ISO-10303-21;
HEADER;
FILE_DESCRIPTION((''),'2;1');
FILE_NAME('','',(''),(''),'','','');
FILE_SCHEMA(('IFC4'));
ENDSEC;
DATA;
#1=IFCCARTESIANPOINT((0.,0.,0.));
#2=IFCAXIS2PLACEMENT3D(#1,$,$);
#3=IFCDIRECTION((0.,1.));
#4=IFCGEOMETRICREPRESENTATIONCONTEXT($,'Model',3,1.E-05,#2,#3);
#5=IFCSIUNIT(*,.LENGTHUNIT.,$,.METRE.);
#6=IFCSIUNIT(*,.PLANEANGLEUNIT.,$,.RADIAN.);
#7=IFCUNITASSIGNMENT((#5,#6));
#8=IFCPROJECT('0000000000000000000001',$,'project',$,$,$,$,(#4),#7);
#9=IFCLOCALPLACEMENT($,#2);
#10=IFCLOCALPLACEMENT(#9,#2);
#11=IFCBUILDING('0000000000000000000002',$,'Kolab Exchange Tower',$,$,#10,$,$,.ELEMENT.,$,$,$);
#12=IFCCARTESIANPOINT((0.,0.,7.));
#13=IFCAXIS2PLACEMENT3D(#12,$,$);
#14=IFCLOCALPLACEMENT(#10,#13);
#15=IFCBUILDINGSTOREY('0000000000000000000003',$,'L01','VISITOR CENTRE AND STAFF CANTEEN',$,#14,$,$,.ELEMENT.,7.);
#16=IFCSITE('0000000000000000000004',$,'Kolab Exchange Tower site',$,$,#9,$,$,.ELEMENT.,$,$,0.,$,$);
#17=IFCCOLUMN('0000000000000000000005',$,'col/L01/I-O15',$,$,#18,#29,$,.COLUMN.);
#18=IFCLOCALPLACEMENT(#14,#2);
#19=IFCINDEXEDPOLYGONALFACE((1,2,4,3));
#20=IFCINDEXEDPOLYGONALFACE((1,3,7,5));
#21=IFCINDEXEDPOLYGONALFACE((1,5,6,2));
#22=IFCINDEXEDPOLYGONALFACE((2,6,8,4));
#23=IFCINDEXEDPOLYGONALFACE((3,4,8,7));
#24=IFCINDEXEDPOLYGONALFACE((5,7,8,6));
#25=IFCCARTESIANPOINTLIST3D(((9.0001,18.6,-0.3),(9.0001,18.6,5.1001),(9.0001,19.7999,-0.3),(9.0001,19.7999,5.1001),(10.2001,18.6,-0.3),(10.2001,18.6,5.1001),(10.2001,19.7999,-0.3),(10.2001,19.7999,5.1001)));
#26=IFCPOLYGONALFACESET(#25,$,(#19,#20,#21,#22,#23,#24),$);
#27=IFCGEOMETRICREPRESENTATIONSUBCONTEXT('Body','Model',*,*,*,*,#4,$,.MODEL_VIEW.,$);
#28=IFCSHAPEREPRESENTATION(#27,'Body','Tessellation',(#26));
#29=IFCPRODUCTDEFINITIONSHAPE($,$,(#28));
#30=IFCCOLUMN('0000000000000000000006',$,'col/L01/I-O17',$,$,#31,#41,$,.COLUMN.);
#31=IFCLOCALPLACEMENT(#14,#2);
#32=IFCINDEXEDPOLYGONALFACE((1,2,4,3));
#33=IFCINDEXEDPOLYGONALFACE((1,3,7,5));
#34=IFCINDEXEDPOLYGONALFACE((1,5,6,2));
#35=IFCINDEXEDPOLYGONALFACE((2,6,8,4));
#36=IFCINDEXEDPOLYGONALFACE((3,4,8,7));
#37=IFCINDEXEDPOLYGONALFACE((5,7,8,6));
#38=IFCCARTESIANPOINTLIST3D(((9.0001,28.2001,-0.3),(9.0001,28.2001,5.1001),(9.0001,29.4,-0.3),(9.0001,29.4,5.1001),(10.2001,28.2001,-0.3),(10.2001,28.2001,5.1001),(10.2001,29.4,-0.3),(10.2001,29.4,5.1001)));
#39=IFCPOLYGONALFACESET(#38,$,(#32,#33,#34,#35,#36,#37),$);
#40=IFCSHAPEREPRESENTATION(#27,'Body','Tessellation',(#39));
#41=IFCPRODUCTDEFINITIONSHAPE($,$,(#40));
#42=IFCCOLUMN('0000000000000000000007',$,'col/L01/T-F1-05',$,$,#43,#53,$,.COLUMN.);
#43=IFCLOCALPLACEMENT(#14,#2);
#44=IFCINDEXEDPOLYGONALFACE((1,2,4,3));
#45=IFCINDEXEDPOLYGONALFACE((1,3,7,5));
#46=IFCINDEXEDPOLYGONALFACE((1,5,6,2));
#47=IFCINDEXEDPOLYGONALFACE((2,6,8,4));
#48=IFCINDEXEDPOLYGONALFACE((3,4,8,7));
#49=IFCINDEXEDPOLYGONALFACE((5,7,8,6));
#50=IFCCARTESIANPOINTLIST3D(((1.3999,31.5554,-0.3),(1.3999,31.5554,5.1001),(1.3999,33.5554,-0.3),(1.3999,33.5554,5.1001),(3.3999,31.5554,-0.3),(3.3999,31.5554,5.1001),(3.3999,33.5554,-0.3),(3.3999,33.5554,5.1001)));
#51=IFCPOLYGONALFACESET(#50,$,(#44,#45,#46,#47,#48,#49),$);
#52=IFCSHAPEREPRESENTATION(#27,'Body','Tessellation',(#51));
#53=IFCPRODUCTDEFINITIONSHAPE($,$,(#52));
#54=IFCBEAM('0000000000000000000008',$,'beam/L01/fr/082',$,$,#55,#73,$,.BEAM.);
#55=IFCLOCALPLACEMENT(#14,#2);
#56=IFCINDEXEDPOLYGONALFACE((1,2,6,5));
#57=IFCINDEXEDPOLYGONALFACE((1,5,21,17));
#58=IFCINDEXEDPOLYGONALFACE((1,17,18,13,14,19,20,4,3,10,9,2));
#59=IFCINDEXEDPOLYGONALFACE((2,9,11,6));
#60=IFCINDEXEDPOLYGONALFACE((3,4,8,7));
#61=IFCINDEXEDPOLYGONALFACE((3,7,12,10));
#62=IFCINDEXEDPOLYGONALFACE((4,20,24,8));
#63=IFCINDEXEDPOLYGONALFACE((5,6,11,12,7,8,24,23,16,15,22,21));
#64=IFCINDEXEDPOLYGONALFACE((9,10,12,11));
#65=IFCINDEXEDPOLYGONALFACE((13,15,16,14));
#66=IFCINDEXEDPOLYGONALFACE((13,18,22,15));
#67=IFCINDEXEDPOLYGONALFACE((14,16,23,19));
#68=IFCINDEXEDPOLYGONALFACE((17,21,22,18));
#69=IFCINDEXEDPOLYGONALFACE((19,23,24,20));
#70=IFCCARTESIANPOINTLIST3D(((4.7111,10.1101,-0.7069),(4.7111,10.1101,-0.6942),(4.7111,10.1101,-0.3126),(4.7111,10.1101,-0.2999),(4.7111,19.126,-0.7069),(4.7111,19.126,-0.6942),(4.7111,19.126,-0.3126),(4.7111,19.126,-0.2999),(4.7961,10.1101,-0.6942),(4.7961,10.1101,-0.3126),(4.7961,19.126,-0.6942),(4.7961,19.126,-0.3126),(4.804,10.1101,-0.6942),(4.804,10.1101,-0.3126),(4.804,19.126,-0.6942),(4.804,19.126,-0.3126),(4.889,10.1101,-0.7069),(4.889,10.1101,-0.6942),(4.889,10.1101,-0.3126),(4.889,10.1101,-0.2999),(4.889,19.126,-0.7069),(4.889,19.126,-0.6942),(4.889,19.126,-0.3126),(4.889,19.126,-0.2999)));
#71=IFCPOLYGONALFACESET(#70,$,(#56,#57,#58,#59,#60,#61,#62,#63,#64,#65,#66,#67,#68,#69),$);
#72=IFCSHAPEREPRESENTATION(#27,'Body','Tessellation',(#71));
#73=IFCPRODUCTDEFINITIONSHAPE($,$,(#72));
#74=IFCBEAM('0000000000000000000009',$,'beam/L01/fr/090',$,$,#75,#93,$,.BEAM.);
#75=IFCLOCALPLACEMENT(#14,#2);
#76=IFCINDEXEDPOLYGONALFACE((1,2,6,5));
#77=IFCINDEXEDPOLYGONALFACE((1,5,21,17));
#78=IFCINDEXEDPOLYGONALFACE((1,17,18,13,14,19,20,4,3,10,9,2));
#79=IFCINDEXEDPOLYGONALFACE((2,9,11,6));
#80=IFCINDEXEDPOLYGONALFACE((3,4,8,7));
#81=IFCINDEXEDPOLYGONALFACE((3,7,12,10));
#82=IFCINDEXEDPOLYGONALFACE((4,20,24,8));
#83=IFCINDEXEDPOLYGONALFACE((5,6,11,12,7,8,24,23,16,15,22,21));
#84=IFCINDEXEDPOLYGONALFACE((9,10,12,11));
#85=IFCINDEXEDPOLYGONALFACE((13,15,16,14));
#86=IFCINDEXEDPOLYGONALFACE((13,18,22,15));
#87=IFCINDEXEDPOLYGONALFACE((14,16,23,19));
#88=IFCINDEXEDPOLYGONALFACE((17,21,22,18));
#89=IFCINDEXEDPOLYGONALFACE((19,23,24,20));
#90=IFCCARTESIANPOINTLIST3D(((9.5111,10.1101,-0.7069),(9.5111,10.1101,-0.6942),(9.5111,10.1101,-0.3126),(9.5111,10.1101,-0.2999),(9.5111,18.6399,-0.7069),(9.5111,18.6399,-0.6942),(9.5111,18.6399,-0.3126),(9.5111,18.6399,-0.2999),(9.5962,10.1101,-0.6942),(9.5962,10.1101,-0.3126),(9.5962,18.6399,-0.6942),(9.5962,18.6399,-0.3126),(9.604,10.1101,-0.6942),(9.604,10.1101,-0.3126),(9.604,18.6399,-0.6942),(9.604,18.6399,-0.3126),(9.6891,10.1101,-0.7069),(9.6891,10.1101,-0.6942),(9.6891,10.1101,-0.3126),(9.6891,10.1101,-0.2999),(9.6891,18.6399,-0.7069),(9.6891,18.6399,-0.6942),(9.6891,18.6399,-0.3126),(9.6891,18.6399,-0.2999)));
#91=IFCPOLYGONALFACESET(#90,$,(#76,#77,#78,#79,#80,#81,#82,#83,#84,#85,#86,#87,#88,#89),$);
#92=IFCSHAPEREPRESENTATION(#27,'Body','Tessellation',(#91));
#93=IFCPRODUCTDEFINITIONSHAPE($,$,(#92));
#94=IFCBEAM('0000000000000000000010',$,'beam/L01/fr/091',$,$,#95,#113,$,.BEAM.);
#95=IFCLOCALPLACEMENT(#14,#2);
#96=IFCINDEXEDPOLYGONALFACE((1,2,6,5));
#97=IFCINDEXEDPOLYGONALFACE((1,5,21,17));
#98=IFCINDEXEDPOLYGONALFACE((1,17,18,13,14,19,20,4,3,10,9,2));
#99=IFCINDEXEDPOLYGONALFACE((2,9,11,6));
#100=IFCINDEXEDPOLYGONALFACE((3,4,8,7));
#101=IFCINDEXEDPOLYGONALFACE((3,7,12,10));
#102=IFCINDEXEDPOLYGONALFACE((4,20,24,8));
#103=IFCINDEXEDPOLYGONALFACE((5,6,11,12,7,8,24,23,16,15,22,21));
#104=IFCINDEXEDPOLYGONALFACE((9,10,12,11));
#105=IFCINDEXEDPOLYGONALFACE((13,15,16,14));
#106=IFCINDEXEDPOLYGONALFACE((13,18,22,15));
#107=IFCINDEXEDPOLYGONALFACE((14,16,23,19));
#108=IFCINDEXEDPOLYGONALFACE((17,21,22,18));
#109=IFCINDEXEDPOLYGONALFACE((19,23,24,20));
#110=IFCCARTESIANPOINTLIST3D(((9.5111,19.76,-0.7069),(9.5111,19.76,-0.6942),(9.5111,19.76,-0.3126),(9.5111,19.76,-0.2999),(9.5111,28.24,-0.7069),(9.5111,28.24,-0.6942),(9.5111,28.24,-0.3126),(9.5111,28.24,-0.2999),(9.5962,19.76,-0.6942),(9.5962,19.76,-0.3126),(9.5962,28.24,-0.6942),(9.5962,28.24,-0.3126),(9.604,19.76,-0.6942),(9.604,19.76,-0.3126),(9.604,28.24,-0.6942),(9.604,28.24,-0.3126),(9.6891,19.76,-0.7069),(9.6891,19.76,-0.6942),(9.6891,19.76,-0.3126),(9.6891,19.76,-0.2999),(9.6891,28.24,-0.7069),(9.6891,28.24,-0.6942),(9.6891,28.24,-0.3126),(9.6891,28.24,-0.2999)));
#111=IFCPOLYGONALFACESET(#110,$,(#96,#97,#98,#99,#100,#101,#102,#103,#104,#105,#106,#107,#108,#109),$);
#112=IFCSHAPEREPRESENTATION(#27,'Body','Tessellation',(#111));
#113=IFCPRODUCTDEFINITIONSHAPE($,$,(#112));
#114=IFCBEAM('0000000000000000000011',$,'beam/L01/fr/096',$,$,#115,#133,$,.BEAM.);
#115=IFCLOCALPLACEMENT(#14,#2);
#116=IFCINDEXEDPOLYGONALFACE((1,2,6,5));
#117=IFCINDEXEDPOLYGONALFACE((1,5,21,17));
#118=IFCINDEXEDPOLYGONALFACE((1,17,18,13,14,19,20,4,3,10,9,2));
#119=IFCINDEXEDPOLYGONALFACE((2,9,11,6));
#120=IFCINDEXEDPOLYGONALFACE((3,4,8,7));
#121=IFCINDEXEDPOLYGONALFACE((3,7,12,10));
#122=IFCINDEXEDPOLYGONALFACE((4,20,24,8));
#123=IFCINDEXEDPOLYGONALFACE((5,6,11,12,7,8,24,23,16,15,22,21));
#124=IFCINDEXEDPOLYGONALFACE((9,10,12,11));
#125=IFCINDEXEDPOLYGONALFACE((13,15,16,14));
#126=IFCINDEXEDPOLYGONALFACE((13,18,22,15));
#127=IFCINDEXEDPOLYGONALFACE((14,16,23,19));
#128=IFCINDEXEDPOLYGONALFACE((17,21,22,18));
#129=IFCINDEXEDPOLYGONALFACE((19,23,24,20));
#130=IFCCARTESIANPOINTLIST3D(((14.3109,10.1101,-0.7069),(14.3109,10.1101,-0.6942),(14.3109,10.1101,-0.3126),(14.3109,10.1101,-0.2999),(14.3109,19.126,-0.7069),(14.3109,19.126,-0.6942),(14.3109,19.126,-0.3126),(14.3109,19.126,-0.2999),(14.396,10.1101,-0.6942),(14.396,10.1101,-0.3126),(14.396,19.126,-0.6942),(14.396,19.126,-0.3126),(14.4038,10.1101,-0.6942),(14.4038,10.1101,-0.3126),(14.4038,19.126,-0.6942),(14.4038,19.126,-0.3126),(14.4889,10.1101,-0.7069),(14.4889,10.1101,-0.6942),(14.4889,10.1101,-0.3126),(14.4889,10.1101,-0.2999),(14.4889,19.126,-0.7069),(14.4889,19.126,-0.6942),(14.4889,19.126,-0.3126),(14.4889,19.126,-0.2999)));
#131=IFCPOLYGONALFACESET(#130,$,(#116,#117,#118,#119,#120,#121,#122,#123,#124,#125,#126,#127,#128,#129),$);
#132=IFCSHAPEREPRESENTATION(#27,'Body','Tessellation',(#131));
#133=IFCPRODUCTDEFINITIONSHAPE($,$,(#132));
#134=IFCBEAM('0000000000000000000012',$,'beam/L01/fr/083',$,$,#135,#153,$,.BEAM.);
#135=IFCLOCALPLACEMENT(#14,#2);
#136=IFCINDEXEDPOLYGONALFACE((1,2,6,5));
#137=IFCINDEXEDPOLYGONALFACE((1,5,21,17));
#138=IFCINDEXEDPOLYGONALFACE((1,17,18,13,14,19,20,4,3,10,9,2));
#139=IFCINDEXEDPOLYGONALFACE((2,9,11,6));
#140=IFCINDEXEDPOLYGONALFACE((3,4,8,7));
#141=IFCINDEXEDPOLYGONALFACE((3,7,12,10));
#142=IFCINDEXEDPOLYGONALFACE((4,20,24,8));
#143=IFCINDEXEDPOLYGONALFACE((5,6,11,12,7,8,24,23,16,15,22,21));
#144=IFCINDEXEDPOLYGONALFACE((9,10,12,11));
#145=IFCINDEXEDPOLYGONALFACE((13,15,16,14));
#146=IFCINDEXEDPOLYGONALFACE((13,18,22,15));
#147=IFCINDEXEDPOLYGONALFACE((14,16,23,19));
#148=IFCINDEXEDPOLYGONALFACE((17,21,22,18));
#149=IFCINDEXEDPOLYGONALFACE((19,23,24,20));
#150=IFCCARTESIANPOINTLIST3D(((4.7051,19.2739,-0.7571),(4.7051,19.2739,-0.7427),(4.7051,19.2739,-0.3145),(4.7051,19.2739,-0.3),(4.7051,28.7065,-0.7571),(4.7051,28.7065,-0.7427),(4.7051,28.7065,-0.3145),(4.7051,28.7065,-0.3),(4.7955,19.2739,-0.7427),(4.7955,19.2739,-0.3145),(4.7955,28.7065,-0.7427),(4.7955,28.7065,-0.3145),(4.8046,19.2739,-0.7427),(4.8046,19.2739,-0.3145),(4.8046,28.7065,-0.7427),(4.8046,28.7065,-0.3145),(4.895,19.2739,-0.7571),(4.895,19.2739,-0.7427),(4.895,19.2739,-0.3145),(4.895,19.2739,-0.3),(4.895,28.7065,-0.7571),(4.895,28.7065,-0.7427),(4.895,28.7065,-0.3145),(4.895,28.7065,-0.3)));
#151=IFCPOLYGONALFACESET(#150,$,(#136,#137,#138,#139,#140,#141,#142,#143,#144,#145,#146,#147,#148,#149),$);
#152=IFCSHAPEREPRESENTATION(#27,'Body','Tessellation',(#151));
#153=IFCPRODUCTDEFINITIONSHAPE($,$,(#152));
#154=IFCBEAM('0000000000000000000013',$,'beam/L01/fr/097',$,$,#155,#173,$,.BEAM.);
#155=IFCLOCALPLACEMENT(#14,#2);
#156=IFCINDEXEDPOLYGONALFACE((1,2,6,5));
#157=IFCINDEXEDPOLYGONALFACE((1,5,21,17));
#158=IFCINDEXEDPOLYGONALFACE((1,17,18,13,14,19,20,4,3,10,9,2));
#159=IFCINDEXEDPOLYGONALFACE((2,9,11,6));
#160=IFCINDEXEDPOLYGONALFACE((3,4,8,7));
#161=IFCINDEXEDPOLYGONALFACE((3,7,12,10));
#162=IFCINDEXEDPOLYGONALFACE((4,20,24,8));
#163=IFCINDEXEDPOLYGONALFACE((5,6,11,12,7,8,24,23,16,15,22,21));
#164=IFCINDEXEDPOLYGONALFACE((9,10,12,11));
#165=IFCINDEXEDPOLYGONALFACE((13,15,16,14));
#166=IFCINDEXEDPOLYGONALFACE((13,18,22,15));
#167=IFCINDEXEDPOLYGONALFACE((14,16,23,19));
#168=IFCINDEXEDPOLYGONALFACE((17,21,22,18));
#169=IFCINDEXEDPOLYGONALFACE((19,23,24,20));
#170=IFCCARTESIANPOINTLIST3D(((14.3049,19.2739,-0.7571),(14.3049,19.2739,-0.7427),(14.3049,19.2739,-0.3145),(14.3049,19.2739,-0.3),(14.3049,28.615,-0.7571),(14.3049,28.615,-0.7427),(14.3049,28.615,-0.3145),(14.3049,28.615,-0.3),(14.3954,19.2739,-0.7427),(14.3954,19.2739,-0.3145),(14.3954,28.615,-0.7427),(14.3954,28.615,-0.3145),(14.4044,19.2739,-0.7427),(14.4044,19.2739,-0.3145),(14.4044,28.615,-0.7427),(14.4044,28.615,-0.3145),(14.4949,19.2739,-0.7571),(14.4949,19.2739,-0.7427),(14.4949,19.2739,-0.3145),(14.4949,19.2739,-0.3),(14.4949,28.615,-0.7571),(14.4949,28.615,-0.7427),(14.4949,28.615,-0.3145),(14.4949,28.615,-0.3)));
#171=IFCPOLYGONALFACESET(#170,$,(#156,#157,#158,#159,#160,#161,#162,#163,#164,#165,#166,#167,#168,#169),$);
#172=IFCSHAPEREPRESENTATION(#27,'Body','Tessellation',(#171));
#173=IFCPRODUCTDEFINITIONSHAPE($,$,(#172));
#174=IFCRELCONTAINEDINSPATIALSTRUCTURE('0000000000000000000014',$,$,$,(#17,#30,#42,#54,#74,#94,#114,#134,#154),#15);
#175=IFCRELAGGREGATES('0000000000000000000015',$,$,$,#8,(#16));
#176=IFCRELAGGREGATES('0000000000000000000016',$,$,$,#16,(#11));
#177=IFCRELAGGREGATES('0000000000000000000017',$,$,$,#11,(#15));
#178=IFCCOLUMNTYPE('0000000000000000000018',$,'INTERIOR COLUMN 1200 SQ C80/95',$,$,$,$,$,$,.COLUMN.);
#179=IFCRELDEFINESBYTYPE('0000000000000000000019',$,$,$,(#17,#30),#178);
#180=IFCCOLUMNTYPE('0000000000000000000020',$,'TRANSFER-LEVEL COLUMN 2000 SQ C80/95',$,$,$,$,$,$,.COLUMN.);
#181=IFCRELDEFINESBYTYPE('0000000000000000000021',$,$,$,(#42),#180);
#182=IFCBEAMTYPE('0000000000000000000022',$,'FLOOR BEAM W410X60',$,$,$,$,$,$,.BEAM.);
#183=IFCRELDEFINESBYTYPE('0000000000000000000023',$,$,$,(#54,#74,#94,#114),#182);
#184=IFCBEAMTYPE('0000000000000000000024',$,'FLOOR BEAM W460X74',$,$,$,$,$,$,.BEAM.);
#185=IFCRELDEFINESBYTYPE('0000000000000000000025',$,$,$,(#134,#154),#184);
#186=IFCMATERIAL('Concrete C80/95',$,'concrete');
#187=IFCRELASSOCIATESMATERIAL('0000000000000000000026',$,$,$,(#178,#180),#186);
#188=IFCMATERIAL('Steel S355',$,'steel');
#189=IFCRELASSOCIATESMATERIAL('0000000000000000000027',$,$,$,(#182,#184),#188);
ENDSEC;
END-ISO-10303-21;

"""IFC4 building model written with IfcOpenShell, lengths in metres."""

from ifc_helpers import new_model, si_unit, direction, frame, origin, origin_2d, place, context, subcontext, project, spatial, rectangle, i_section, extrude, material, material_profile, profile_set, type_object, element, save


model = new_model("IFC4")

# Units and contexts
model_context = context("Model", 3, precision=1e-05, world=origin(), true_north=direction((0.0, 1.0)))
body_context = subcontext(model_context, "Body", "Model", "MODEL_VIEW")
ifc_project = project(units=[si_unit("LENGTHUNIT", "METRE"), si_unit("PLANEANGLEUNIT", "RADIAN")], contexts=[model_context])

# Site, building, storey
site_placement = place(None, origin())
site = spatial("IfcSite", under=ifc_project, at=site_placement, Name="Kolab Exchange Tower site", CompositionType="ELEMENT", RefElevation=0.0)
building_placement = place(site_placement, origin())
building = spatial("IfcBuilding", under=site, at=building_placement, Name="Kolab Exchange Tower", CompositionType="ELEMENT")
storey_placement = place(building_placement, frame((0.0, 0.0, 7.0)))
storey = spatial("IfcBuildingStorey", under=building, at=storey_placement, Name="L01", Description="VISITOR CENTRE AND STAFF CANTEEN", CompositionType="ELEMENT", Elevation=7.0)

# Columns
ifc_material_1 = material(Name="Concrete C80/95", Category="concrete")
ifc_material_profile_1 = material_profile(ifc_material_1, rectangle(XDim=1.2, YDim=1.2, at=origin_2d()), Name="RC1200")
ifc_profile_set_1 = profile_set([ifc_material_profile_1], Name="Concrete C80/95")
column_type_1 = type_object("IfcColumnType", Name="INTERIOR COLUMN 1200 SQ C80/95", PredefinedType="COLUMN", material=ifc_profile_set_1)
for number, where, z_axis, x_axis, name in (
    (1, (9.6001, 19.2, -0.3), (0.0, 0.0, 1.0), (1.0, 0.0, 0.0), "col/L01/I-O15"),
    (2, (9.6001, 28.8, -0.3), (0.0, 0.0, 1.0), (1.0, 0.0, 0.0), "col/L01/I-O17"),
):
    element("IfcColumn", number, at=place(storey_placement, frame(where, z_axis=z_axis, x_axis=x_axis)), inside=storey, type_object=column_type_1, Name=name, PredefinedType="COLUMN", context=body_context, shape_type="SweptSolid", body=[
        extrude(rectangle(XDim=1.2, YDim=1.2, at=origin_2d()), origin(), (0.0, 0.0, 1.0), 5.4001),
    ])
ifc_material_profile_2 = material_profile(ifc_material_1, rectangle(XDim=2.0, YDim=2.0, at=origin_2d()), Name="RC2000")
ifc_profile_set_2 = profile_set([ifc_material_profile_2], Name="Concrete C80/95")
column_type_2 = type_object("IfcColumnType", Name="TRANSFER-LEVEL COLUMN 2000 SQ C80/95", PredefinedType="COLUMN", material=ifc_profile_set_2)
column_placement = place(storey_placement, frame((2.3999, 32.5554, -0.3), z_axis=(0.0, 0.0, 1.0), x_axis=(1.0, 0.0, 0.0)))
element("IfcColumn", 3, at=column_placement, inside=storey, type_object=column_type_2, Name="col/L01/T-F1-05", PredefinedType="COLUMN", context=body_context, shape_type="SweptSolid", body=[
    extrude(rectangle(XDim=2.0, YDim=2.0, at=origin_2d()), origin(), (0.0, 0.0, 1.0), 5.4001),
])

# Beams
ifc_material_2 = material(Name="Steel S355", Category="steel")
ifc_material_profile_3 = material_profile(ifc_material_2, i_section(OverallWidth=0.178, OverallDepth=0.407, WebThickness=0.0078, FlangeThickness=0.0127, at=origin_2d()), Name="W410X60")
ifc_profile_set_3 = profile_set([ifc_material_profile_3], Name="Steel S355")
beam_type_1 = type_object("IfcBeamType", Name="FLOOR BEAM W410X60", PredefinedType="BEAM", material=ifc_profile_set_3)
beam_1_placement = place(storey_placement, frame((4.8, 10.1101, -0.5034), z_axis=(0.0, 1.0, 0.0), x_axis=(-1.0, 0.0, 0.0)))
element("IfcBeam", 4, at=beam_1_placement, inside=storey, type_object=beam_type_1, Name="beam/L01/fr/082", PredefinedType="BEAM", context=body_context, shape_type="SweptSolid", body=[
    extrude(i_section(OverallWidth=0.178, OverallDepth=0.407, WebThickness=0.0078, FlangeThickness=0.0127, at=origin_2d()), origin(), (0.0, 0.0, 1.0), 9.0159),
])
beam_2_placement = place(storey_placement, frame((9.6001, 10.1101, -0.5034), z_axis=(0.0, 1.0, 0.0), x_axis=(-1.0, 0.0, 0.0)))
element("IfcBeam", 5, at=beam_2_placement, inside=storey, type_object=beam_type_1, Name="beam/L01/fr/090", PredefinedType="BEAM", context=body_context, shape_type="SweptSolid", body=[
    extrude(i_section(OverallWidth=0.178, OverallDepth=0.407, WebThickness=0.0078, FlangeThickness=0.0127, at=origin_2d()), origin(), (0.0, 0.0, 1.0), 8.5298),
])
beam_3_placement = place(storey_placement, frame((9.6001, 19.76, -0.5034), z_axis=(0.0, 1.0, 0.0), x_axis=(-1.0, 0.0, 0.0)))
element("IfcBeam", 6, at=beam_3_placement, inside=storey, type_object=beam_type_1, Name="beam/L01/fr/091", PredefinedType="BEAM", context=body_context, shape_type="SweptSolid", body=[
    extrude(i_section(OverallWidth=0.178, OverallDepth=0.407, WebThickness=0.0078, FlangeThickness=0.0127, at=origin_2d()), origin(), (0.0, 0.0, 1.0), 8.48),
])
beam_4_placement = place(storey_placement, frame((14.3999, 10.1101, -0.5034), z_axis=(0.0, 1.0, 0.0), x_axis=(-1.0, 0.0, 0.0)))
element("IfcBeam", 7, at=beam_4_placement, inside=storey, type_object=beam_type_1, Name="beam/L01/fr/096", PredefinedType="BEAM", context=body_context, shape_type="SweptSolid", body=[
    extrude(i_section(OverallWidth=0.178, OverallDepth=0.407, WebThickness=0.0078, FlangeThickness=0.0127, at=origin_2d()), origin(), (0.0, 0.0, 1.0), 9.0159),
])
ifc_material_profile_4 = material_profile(ifc_material_2, i_section(OverallWidth=0.1899, OverallDepth=0.457, WebThickness=0.009, FlangeThickness=0.0144, at=origin_2d()), Name="W460X74")
ifc_profile_set_4 = profile_set([ifc_material_profile_4], Name="Steel S355")
beam_type_2 = type_object("IfcBeamType", Name="FLOOR BEAM W460X74", PredefinedType="BEAM", material=ifc_profile_set_4)
beam_5_placement = place(storey_placement, frame((4.8, 19.2739, -0.5286), z_axis=(0.0, 1.0, 0.0), x_axis=(-1.0, 0.0, 0.0)))
element("IfcBeam", 8, at=beam_5_placement, inside=storey, type_object=beam_type_2, Name="beam/L01/fr/083", PredefinedType="BEAM", context=body_context, shape_type="SweptSolid", body=[
    extrude(i_section(OverallWidth=0.1899, OverallDepth=0.457, WebThickness=0.009, FlangeThickness=0.0144, at=origin_2d()), origin(), (0.0, 0.0, 1.0), 9.4326),
])
beam_6_placement = place(storey_placement, frame((14.3999, 19.2739, -0.5286), z_axis=(0.0, 1.0, 0.0), x_axis=(-1.0, 0.0, 0.0)))
element("IfcBeam", 9, at=beam_6_placement, inside=storey, type_object=beam_type_2, Name="beam/L01/fr/097", PredefinedType="BEAM", context=body_context, shape_type="SweptSolid", body=[
    extrude(i_section(OverallWidth=0.1899, OverallDepth=0.457, WebThickness=0.009, FlangeThickness=0.0144, at=origin_2d()), origin(), (0.0, 0.0, 1.0), 9.3411),
])

save(model, "model.ifc")
